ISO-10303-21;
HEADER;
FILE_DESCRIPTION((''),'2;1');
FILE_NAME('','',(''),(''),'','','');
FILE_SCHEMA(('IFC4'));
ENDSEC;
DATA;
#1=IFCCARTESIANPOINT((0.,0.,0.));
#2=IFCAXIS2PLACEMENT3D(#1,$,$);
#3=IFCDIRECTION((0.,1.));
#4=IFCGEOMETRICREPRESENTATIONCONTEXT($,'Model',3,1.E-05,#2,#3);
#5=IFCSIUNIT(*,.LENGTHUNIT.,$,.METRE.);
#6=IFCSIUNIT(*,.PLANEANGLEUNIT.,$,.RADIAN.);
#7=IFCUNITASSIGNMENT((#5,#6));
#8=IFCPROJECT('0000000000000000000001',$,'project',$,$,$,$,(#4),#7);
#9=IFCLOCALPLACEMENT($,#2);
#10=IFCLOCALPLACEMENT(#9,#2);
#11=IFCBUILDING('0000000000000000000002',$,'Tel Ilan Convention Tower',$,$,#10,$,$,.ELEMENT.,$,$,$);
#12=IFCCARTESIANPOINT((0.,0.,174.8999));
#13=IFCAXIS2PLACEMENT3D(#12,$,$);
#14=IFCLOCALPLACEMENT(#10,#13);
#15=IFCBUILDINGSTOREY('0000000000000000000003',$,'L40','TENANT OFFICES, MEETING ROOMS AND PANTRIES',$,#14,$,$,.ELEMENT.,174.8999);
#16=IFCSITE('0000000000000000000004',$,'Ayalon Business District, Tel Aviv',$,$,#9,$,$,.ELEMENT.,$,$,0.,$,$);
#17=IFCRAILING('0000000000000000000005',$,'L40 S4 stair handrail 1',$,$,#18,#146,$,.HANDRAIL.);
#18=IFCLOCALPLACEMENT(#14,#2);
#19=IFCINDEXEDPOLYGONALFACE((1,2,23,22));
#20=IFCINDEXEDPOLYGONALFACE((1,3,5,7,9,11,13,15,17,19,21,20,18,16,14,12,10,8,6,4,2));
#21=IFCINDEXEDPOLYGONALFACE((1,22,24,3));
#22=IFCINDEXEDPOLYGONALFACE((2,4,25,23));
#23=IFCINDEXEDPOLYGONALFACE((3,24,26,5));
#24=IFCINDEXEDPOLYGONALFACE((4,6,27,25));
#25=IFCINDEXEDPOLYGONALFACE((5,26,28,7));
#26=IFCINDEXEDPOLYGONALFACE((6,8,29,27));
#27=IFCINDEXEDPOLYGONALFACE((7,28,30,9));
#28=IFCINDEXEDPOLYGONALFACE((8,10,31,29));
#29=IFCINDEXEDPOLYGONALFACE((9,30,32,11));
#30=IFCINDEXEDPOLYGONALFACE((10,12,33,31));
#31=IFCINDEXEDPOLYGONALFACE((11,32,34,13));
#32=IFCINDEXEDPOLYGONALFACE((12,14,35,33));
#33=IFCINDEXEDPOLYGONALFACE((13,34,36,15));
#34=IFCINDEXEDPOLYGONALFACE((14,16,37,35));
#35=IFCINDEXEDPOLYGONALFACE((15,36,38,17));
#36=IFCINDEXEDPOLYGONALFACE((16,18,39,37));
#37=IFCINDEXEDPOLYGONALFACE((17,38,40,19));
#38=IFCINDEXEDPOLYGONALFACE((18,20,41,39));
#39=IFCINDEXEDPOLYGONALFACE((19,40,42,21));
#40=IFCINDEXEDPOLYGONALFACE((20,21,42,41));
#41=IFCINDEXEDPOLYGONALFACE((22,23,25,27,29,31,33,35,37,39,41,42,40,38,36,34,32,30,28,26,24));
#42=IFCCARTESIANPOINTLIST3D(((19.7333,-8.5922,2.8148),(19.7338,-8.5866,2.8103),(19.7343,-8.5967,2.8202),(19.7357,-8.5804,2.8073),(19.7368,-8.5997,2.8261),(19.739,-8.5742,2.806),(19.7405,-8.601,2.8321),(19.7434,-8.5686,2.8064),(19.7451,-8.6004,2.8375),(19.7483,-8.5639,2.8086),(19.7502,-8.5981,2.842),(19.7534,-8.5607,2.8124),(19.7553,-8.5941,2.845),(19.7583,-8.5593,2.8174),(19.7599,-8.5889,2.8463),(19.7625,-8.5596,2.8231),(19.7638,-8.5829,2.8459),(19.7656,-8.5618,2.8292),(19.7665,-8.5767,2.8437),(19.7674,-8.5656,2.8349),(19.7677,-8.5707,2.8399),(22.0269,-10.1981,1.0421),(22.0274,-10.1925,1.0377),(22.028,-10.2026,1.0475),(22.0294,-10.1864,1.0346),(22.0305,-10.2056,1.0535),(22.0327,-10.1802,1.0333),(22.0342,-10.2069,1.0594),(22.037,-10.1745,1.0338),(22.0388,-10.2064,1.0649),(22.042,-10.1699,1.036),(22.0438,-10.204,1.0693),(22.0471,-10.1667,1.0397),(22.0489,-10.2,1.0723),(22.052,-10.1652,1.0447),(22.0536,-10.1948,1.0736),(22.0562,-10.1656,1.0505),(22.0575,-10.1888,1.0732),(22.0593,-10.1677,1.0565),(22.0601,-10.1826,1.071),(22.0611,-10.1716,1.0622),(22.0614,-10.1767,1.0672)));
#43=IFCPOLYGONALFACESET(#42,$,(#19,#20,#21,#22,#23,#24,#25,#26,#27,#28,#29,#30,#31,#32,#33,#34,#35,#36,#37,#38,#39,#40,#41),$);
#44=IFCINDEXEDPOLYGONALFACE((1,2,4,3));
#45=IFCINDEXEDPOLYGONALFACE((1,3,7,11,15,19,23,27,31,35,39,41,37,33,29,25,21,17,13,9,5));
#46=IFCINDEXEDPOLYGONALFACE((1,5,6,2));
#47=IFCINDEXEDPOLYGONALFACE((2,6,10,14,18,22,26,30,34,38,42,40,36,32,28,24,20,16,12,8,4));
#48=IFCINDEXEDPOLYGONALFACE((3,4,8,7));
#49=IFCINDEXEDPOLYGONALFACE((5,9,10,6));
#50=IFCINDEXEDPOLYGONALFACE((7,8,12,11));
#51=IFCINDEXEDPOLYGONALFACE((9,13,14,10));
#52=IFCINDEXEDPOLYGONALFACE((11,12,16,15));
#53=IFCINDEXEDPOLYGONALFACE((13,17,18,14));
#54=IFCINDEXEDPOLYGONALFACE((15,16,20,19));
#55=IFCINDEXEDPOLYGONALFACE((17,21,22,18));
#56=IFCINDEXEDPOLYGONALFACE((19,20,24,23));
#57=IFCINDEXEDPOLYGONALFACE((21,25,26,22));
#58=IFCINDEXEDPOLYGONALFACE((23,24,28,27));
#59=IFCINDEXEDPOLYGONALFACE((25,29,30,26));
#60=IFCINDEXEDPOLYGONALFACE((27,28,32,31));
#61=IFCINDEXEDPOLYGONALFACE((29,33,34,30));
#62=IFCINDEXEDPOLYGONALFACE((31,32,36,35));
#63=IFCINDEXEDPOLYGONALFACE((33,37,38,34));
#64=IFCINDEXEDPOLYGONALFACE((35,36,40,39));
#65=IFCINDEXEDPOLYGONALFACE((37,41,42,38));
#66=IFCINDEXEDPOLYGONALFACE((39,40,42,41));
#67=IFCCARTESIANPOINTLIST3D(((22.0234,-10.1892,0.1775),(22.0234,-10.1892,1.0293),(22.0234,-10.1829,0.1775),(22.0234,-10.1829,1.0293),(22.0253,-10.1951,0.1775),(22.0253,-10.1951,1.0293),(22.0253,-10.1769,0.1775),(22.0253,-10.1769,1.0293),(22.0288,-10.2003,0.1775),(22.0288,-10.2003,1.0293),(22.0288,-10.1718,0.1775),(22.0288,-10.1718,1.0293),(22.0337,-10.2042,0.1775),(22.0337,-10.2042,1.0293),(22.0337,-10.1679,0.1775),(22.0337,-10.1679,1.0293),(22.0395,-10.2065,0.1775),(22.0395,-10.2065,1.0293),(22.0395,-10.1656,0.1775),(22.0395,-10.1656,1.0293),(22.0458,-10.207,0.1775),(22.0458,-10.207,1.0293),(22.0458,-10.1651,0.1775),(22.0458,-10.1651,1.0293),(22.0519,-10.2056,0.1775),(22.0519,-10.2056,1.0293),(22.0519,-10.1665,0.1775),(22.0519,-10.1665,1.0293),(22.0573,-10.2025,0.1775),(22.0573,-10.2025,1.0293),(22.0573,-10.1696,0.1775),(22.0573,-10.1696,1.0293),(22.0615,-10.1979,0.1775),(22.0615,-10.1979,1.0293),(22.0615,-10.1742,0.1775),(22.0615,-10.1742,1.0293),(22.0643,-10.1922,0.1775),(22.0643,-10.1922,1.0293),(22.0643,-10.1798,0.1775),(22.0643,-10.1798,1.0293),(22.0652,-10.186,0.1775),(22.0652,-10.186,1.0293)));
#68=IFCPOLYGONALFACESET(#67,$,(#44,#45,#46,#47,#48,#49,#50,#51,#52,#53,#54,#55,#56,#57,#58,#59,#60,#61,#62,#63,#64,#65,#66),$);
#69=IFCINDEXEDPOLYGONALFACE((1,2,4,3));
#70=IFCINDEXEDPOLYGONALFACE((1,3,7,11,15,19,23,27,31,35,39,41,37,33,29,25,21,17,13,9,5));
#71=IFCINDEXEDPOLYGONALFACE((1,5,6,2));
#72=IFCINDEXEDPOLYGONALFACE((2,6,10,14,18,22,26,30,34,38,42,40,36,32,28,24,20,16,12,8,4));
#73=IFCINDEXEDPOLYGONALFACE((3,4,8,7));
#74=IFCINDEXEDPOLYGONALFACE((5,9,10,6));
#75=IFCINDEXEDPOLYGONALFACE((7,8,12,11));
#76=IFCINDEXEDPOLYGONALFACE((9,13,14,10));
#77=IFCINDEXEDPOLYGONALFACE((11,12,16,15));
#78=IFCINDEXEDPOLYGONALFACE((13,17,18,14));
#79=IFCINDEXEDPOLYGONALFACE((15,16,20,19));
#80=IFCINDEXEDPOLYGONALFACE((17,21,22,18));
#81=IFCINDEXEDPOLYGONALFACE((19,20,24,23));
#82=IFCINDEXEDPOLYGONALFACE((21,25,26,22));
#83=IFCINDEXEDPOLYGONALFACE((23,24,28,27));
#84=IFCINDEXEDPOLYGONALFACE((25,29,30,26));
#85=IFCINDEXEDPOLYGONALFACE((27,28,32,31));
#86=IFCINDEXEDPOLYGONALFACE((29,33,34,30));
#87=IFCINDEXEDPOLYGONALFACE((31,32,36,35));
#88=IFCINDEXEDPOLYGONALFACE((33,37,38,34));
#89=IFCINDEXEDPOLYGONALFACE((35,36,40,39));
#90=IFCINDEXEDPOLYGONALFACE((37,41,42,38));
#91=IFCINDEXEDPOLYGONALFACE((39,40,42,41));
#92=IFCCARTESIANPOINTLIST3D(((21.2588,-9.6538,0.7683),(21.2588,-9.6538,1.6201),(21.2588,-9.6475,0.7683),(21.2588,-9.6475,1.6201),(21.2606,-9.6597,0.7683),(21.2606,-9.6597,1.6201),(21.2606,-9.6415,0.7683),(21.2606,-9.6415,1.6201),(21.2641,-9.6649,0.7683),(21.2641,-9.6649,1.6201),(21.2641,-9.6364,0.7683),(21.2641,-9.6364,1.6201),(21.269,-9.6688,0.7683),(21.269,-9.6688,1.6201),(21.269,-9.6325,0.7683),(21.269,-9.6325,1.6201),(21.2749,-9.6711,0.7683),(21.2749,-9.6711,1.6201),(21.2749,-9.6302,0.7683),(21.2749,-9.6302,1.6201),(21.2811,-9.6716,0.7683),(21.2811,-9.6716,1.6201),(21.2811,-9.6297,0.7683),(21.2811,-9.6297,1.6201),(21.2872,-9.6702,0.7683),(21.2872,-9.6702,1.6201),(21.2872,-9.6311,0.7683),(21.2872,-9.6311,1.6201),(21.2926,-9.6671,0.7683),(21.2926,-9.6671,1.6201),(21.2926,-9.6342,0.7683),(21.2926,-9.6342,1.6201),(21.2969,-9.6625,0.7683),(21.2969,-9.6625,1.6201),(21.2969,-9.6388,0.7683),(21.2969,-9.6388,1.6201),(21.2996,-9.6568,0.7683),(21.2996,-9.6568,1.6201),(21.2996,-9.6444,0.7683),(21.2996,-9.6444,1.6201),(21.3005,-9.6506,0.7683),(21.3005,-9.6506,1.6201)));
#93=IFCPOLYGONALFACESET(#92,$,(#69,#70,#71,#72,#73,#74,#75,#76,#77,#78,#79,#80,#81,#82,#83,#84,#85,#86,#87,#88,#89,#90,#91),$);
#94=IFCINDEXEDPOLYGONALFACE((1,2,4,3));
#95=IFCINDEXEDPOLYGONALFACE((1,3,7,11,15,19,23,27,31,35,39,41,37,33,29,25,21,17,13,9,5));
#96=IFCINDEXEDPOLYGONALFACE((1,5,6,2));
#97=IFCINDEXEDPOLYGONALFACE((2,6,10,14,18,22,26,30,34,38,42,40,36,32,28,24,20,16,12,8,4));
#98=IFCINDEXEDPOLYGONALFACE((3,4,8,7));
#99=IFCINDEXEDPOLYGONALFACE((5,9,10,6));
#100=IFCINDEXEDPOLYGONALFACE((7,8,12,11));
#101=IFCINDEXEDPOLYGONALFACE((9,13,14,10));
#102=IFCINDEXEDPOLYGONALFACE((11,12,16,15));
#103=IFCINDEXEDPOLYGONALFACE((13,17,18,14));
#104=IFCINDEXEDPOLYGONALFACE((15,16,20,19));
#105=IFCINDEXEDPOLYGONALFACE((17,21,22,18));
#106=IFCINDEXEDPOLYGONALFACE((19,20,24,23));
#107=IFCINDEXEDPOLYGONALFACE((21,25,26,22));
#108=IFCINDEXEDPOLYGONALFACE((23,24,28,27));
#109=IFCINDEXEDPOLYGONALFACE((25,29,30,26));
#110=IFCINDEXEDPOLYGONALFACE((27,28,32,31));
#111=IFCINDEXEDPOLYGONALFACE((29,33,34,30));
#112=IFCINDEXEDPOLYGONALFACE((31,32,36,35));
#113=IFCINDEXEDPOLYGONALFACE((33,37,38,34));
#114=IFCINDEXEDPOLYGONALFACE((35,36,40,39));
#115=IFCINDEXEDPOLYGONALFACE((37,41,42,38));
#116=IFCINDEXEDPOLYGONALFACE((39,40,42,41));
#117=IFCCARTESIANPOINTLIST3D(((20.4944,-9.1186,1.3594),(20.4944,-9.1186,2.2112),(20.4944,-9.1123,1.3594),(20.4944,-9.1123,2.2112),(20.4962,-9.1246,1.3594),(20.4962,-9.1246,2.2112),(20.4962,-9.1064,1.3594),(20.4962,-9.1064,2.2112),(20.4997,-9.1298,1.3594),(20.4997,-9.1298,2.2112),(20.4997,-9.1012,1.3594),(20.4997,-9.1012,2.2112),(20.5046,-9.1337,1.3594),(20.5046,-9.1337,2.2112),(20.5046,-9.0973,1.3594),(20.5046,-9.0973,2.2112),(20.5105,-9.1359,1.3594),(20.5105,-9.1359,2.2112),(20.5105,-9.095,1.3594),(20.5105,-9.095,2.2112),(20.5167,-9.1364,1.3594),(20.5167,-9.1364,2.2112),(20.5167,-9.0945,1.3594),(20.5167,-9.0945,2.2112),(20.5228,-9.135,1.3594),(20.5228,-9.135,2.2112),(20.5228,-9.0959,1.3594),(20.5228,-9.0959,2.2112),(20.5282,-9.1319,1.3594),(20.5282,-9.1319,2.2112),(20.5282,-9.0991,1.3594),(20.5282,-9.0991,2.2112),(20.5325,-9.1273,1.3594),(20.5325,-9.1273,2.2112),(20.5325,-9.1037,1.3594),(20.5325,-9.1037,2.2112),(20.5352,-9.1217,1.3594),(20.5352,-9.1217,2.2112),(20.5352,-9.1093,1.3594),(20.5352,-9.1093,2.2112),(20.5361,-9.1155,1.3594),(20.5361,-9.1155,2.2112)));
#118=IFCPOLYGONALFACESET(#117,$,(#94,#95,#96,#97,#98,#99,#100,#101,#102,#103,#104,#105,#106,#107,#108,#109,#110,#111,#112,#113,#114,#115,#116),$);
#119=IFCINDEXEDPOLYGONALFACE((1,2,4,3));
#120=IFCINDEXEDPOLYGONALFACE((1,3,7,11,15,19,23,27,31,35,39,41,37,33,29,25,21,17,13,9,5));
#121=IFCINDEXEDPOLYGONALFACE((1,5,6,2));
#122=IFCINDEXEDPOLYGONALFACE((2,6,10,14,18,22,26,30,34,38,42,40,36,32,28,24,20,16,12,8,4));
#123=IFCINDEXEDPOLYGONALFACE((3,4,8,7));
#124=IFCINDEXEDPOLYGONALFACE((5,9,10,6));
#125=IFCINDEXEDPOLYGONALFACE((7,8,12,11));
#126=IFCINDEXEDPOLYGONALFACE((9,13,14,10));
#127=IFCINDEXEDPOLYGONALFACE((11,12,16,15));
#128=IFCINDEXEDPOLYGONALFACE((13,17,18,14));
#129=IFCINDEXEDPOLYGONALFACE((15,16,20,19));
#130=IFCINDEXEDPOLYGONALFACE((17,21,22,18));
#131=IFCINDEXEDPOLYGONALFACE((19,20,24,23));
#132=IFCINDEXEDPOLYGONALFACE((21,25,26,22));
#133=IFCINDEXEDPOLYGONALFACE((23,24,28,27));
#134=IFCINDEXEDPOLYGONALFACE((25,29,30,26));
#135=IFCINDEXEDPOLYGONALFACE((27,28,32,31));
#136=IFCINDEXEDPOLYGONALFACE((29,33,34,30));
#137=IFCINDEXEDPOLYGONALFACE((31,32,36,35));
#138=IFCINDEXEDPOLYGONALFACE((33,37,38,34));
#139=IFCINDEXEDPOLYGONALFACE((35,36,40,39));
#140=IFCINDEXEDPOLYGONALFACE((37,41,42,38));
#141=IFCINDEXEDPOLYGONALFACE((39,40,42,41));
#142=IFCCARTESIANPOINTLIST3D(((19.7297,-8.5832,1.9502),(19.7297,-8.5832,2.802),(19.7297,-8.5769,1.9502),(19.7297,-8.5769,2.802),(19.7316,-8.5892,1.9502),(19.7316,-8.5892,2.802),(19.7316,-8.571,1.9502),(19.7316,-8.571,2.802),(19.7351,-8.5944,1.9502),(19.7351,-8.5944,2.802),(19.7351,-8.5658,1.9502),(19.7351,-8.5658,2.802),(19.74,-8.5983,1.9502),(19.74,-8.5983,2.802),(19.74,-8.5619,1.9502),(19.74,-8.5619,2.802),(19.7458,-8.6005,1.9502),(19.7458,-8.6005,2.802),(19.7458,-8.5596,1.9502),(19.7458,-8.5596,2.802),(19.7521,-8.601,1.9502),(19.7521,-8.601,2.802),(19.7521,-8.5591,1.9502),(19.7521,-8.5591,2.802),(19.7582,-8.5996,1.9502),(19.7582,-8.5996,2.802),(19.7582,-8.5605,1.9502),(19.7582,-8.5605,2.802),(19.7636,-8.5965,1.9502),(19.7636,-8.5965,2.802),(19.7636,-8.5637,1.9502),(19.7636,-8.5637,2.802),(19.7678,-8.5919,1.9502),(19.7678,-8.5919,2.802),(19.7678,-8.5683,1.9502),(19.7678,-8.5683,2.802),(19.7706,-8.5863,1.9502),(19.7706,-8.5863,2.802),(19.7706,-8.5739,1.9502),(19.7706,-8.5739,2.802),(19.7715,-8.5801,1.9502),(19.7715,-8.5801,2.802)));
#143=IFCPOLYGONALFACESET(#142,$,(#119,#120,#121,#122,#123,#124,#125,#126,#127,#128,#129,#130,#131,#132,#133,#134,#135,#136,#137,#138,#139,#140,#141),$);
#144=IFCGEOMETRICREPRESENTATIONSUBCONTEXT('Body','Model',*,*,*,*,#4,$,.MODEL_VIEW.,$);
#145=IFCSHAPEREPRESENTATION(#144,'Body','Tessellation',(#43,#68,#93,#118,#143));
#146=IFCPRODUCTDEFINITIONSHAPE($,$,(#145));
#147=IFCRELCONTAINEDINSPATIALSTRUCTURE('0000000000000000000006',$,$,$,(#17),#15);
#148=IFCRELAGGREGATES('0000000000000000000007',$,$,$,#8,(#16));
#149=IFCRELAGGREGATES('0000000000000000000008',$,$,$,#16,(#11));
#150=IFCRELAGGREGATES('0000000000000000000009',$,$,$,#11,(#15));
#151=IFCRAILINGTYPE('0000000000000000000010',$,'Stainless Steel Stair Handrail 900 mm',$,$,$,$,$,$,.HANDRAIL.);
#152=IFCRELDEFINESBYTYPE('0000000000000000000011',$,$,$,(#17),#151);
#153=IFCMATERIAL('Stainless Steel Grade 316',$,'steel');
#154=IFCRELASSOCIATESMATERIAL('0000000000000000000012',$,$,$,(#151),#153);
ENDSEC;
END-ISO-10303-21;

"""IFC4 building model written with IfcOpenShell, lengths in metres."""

from ifc_helpers import new_model, si_unit, direction, frame, origin, origin_2d, place, context, subcontext, project, spatial, circle, extrude, material, type_object, element, save


model = new_model("IFC4")

# Units and contexts
model_context = context("Model", 3, precision=1e-05, world=origin(), true_north=direction((0.0, 1.0)))
body_context = subcontext(model_context, "Body", "Model", "MODEL_VIEW")
ifc_project = project(units=[si_unit("LENGTHUNIT", "METRE"), si_unit("PLANEANGLEUNIT", "RADIAN")], contexts=[model_context])

# Site, building, storey
site_placement = place(None, origin())
site = spatial("IfcSite", under=ifc_project, at=site_placement, Name="Ayalon Business District, Tel Aviv", CompositionType="ELEMENT", RefElevation=0.0)
building_placement = place(site_placement, origin())
building = spatial("IfcBuilding", under=site, at=building_placement, Name="Tel Ilan Convention Tower", CompositionType="ELEMENT")
storey_placement = place(building_placement, frame((0.0, 0.0, 174.8999)))
storey = spatial("IfcBuildingStorey", under=building, at=storey_placement, Name="L40", Description="TENANT OFFICES, MEETING ROOMS AND PANTRIES", CompositionType="ELEMENT", Elevation=174.8999)

# Railing
ifc_material_1 = material(Name="Stainless Steel Grade 316", Category="steel")
railing_type_1 = type_object("IfcRailingType", Name="Stainless Steel Stair Handrail 900 mm", PredefinedType="HANDRAIL", material=ifc_material_1)
railing_1_placement = place(storey_placement, frame((22.0442, -10.186, 0.1775)))
element("IfcRailing", 1, at=railing_1_placement, inside=storey, type_object=railing_type_1, Name="L40 S4 stair handrail 1", PredefinedType="HANDRAIL", context=body_context, shape_type="SweptSolid", body=[
    extrude(circle(Radius=0.0239, at=origin_2d()), frame((0.0, 0.0, 0.876), z_axis=(-0.692123, 0.484597, 0.534913), x_axis=(-0.57355, -0.81917, 0.0)), (0.0, 0.0, 1.0), 3.314),
    extrude(circle(Radius=0.021, at=origin_2d()), origin(), (0.0, 0.0, 1.0), 0.8518),
    extrude(circle(Radius=0.021, at=origin_2d()), frame((-0.7646, 0.5354, 0.5908)), (0.0, 0.0, 1.0), 0.8518),
    extrude(circle(Radius=0.021, at=origin_2d()), frame((-1.5291, 1.0706, 1.1819)), (0.0, 0.0, 1.0), 0.8518),
    extrude(circle(Radius=0.021, at=origin_2d()), frame((-2.2937, 1.606, 1.7727)), (0.0, 0.0, 1.0), 0.8518),
])

save(model, "model.ifc")
